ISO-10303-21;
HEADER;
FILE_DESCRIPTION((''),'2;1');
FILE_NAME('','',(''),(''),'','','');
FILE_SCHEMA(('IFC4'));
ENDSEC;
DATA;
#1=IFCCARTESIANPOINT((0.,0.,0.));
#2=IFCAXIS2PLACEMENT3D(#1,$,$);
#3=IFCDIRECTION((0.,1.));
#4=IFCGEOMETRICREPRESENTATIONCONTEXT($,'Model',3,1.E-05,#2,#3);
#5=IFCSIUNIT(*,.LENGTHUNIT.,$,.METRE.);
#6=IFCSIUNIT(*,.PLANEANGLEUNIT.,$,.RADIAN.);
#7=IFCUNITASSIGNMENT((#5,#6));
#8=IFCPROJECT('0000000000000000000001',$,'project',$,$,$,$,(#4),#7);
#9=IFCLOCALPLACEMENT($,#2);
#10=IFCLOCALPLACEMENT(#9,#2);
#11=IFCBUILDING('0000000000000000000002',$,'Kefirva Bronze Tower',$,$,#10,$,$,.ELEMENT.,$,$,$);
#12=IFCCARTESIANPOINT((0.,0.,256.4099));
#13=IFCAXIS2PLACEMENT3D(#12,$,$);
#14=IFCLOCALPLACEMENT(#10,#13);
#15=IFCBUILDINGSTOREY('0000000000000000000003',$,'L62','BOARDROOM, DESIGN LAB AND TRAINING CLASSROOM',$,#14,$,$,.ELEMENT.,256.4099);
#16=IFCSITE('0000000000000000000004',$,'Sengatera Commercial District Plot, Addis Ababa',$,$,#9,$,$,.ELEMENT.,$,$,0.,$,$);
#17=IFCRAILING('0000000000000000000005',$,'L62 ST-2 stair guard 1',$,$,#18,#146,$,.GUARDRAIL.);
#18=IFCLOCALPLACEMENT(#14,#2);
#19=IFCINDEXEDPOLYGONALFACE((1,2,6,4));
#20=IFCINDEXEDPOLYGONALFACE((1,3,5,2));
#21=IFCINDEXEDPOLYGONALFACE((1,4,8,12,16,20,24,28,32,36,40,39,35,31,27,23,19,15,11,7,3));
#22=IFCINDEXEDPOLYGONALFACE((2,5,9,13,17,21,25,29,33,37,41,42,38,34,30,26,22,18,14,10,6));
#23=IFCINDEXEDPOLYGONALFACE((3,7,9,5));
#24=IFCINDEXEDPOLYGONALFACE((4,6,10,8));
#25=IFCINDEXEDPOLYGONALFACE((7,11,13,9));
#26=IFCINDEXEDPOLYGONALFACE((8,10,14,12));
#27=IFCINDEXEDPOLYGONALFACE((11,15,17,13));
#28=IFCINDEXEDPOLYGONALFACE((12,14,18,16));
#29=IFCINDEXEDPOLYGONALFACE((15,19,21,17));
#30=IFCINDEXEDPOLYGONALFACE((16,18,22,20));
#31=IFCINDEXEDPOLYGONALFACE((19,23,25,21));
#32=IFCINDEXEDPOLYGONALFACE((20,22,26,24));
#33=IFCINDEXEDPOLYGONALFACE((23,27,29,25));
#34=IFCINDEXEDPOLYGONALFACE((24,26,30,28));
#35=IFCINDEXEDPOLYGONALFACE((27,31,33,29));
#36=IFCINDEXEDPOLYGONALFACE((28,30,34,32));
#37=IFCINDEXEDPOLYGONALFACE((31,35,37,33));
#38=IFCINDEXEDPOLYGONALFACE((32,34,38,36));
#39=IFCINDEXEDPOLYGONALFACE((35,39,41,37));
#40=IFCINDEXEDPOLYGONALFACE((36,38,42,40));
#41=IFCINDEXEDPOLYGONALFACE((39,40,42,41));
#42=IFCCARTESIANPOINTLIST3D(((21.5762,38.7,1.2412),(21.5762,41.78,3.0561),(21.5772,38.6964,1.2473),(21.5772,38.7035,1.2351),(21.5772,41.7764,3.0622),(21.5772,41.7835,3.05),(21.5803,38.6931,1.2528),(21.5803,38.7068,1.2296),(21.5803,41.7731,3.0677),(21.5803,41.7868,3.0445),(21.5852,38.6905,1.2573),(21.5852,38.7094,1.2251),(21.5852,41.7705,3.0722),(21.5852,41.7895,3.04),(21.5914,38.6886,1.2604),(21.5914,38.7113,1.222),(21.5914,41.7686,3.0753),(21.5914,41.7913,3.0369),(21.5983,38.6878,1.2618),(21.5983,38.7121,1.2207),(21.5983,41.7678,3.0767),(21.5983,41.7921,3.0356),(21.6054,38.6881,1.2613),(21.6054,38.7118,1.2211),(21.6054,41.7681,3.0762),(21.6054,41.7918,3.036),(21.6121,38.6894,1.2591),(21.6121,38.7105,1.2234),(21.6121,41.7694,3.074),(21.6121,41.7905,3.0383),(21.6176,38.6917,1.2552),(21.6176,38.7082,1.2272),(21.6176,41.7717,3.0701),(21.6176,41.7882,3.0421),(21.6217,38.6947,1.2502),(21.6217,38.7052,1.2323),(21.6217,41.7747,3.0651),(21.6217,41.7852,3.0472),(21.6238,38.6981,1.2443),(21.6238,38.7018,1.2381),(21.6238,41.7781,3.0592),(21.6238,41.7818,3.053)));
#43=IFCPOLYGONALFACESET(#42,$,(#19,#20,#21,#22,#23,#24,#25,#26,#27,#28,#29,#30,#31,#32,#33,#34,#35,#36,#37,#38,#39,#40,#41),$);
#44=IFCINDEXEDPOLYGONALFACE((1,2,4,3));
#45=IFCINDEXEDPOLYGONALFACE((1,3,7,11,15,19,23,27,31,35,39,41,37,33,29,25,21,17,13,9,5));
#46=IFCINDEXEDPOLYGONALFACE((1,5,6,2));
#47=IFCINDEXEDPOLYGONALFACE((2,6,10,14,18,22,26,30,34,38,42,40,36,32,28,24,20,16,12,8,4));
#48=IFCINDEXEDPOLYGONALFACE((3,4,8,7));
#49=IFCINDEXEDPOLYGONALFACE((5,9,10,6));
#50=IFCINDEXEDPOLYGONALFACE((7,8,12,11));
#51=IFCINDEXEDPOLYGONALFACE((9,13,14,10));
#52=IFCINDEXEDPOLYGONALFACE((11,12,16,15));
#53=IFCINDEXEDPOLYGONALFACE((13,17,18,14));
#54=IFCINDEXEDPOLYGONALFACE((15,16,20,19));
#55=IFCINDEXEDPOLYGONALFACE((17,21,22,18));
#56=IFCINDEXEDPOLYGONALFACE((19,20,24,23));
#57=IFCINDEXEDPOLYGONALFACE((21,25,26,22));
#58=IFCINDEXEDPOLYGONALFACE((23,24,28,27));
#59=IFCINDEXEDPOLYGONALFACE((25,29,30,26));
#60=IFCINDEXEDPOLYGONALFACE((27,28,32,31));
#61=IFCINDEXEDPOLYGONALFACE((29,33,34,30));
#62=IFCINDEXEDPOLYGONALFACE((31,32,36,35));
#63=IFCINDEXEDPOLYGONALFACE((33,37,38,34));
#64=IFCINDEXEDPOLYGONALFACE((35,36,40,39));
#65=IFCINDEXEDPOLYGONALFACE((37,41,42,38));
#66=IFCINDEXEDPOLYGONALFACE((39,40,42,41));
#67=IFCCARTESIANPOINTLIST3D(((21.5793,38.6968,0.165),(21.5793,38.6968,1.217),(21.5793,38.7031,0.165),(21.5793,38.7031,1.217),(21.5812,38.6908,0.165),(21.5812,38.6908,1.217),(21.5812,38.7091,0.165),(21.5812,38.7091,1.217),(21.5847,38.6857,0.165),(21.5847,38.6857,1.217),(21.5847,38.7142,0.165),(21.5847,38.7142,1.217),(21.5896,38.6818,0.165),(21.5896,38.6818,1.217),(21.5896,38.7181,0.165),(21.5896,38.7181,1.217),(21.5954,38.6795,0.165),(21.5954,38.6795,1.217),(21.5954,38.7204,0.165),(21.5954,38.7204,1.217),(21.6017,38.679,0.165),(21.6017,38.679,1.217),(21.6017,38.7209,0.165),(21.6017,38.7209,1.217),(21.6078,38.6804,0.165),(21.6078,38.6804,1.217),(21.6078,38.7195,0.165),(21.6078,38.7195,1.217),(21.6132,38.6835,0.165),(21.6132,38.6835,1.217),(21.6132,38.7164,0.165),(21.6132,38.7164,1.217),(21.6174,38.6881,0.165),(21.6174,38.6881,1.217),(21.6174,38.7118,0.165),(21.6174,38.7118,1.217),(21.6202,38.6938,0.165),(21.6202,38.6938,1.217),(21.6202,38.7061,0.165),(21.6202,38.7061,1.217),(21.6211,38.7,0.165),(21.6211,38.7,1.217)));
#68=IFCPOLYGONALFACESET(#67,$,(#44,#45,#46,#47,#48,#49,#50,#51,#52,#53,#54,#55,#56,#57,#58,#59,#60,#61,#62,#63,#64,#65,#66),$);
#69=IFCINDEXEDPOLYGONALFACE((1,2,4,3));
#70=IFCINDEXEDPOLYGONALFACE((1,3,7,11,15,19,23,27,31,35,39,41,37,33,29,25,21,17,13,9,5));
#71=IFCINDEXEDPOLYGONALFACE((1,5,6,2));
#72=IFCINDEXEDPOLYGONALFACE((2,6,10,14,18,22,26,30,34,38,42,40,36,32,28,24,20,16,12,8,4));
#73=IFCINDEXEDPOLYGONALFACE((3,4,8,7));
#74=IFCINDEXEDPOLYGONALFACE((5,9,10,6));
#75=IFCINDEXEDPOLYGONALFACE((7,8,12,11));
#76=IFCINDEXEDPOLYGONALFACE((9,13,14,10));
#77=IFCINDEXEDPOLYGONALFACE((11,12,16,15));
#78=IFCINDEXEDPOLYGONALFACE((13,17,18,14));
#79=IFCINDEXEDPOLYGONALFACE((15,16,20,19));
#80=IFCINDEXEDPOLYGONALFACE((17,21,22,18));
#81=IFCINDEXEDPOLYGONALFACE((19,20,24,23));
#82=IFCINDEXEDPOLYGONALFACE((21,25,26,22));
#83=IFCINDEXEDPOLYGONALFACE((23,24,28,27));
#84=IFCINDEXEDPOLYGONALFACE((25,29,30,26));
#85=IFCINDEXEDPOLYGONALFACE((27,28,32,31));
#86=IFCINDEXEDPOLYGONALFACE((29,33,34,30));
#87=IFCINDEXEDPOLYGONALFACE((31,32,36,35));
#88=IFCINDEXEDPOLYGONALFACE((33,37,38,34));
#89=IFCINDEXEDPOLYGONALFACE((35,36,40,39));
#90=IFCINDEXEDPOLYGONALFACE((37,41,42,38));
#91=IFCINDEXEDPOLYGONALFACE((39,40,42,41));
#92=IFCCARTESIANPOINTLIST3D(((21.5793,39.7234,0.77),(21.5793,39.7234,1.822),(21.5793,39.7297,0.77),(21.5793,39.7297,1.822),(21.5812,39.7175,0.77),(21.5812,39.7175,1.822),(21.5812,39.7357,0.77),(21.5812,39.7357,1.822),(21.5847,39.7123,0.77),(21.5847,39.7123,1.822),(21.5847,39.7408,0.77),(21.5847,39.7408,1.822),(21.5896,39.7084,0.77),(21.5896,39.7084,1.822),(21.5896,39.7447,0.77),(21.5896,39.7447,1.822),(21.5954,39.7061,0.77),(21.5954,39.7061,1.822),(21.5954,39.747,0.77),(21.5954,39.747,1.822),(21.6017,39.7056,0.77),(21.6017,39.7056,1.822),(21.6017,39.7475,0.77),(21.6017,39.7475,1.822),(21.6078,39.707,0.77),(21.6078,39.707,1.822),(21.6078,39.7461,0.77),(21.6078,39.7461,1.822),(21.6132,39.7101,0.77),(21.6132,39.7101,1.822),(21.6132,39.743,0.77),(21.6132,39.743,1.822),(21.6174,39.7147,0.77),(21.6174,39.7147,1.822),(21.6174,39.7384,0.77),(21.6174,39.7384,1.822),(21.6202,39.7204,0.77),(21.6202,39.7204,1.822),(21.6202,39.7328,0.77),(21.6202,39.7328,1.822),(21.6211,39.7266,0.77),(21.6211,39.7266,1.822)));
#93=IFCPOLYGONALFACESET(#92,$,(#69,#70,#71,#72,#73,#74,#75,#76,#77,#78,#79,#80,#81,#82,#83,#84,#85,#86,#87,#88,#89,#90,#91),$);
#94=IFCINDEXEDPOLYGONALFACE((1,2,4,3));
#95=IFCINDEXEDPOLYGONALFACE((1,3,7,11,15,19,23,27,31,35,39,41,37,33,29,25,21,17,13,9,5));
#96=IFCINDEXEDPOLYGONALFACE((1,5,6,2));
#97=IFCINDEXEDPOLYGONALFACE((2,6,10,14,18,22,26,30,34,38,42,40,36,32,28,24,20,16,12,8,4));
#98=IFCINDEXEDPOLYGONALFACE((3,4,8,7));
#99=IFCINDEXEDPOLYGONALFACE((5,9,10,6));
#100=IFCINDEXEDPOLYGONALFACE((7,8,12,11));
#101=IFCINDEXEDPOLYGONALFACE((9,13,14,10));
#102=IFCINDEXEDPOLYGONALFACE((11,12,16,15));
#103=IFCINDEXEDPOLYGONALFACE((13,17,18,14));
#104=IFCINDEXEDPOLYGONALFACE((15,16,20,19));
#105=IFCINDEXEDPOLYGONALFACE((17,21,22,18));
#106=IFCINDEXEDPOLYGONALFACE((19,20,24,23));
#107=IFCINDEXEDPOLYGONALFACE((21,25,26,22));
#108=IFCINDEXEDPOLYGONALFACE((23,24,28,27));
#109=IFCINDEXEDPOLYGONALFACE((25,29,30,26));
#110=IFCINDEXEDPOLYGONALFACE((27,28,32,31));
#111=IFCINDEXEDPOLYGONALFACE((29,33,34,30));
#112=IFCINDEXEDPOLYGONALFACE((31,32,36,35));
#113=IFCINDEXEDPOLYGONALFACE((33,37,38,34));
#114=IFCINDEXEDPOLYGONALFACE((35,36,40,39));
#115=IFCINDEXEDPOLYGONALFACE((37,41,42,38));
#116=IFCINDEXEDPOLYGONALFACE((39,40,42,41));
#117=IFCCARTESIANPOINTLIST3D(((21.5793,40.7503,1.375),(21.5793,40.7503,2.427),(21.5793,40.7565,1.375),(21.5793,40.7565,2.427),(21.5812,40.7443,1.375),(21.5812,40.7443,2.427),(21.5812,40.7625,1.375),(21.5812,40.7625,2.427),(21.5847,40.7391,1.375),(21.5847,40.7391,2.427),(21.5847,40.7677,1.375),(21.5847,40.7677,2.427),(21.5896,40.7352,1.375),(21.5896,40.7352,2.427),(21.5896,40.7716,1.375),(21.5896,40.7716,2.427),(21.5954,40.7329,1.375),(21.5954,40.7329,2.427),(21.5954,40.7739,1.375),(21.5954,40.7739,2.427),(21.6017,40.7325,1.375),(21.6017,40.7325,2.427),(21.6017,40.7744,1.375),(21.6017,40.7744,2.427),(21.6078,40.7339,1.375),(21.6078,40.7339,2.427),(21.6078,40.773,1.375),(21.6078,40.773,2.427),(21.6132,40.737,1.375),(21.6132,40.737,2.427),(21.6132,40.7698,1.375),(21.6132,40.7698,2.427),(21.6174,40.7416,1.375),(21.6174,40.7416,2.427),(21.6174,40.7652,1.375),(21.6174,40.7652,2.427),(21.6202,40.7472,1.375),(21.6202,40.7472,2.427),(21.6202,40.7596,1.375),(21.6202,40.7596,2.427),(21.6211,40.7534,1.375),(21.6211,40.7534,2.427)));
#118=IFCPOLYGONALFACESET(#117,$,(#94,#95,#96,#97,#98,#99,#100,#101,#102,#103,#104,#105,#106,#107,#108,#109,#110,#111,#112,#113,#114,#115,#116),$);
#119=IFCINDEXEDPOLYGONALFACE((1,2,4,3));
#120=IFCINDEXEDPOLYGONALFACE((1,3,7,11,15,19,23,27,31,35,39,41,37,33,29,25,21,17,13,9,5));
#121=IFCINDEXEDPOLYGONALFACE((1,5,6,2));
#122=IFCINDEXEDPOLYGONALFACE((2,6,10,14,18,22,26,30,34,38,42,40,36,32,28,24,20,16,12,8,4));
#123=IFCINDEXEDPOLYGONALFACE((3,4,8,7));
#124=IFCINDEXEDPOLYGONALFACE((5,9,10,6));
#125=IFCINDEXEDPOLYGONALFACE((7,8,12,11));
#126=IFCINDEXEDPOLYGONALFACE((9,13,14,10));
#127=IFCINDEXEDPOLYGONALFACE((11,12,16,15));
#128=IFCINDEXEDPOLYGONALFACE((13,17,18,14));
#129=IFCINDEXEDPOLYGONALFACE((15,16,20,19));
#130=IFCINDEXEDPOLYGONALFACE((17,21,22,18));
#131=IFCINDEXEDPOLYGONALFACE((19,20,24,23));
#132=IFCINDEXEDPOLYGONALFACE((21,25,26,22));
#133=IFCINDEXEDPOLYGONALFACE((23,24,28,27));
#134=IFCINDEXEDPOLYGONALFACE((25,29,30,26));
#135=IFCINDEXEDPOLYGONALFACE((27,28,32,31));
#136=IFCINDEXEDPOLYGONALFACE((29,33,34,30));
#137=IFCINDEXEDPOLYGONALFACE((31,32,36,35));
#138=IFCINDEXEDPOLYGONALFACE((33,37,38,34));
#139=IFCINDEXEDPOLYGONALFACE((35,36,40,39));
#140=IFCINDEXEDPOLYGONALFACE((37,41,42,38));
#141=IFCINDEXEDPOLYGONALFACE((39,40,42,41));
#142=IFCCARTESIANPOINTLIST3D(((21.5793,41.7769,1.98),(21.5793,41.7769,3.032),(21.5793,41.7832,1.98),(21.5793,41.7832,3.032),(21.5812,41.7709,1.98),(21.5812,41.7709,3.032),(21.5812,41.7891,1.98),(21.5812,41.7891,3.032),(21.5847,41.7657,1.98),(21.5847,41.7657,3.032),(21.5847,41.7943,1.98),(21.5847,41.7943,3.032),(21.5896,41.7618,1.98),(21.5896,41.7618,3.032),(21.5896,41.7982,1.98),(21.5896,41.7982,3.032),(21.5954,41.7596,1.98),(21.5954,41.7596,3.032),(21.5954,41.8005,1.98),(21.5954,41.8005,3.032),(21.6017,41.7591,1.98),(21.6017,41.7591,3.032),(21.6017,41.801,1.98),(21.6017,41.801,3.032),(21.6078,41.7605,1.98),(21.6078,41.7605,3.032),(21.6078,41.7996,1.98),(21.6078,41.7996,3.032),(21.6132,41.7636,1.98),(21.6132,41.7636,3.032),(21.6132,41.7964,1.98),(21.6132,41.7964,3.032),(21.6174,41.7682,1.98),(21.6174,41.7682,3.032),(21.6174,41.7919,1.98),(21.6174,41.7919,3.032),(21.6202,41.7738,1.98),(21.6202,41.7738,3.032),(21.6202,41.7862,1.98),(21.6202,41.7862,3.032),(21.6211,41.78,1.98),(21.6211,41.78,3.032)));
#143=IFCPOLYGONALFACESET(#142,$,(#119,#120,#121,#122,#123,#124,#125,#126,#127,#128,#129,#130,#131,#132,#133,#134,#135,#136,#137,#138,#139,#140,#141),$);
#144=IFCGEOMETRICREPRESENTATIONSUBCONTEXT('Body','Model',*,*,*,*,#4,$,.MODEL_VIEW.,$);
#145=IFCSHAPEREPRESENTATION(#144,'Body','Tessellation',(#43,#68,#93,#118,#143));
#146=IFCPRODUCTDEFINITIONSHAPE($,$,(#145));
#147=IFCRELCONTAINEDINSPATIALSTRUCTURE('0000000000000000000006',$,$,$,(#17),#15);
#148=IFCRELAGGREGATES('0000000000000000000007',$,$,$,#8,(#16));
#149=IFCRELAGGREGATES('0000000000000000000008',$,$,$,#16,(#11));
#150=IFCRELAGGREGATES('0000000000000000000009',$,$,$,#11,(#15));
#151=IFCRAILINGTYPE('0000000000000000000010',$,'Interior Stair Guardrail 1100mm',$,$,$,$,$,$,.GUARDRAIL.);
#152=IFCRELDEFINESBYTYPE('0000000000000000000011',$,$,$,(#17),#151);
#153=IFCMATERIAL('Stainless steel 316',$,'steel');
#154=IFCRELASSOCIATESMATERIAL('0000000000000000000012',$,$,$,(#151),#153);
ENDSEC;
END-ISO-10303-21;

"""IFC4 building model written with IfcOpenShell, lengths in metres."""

from ifc_helpers import new_model, si_unit, direction, frame, origin, origin_2d, place, context, subcontext, project, spatial, circle, extrude, material, type_object, element, save


model = new_model("IFC4")

# Units and contexts
model_context = context("Model", 3, precision=1e-05, world=origin(), true_north=direction((0.0, 1.0)))
body_context = subcontext(model_context, "Body", "Model", "MODEL_VIEW")
ifc_project = project(units=[si_unit("LENGTHUNIT", "METRE"), si_unit("PLANEANGLEUNIT", "RADIAN")], contexts=[model_context])

# Site, building, storey
site_placement = place(None, origin())
site = spatial("IfcSite", under=ifc_project, at=site_placement, Name="Sengatera Commercial District Plot, Addis Ababa", CompositionType="ELEMENT", RefElevation=0.0)
building_placement = place(site_placement, origin())
building = spatial("IfcBuilding", under=site, at=building_placement, Name="Kefirva Bronze Tower", CompositionType="ELEMENT")
storey_placement = place(building_placement, frame((0.0, 0.0, 256.4099)))
storey = spatial("IfcBuildingStorey", under=building, at=storey_placement, Name="L62", Description="BOARDROOM, DESIGN LAB AND TRAINING CLASSROOM", CompositionType="ELEMENT", Elevation=256.4099)

# Railing
ifc_material_1 = material(Name="Stainless steel 316", Category="steel")
railing_type_1 = type_object("IfcRailingType", Name="Interior Stair Guardrail 1100mm", PredefinedType="GUARDRAIL", material=ifc_material_1)
railing_1_placement = place(storey_placement, frame((21.6001, 38.7, 0.165)))
element("IfcRailing", 1, at=railing_1_placement, inside=storey, type_object=railing_type_1, Name="L62 ST-2 stair guard 1", PredefinedType="GUARDRAIL", context=body_context, shape_type="SweptSolid", body=[
    extrude(circle(Radius=0.0239, at=origin_2d()), frame((0.0, 0.0, 1.0762), z_axis=(0.0, 0.861551, 0.507671), x_axis=(-1.0, 0.0, 0.0)), (0.0, 0.0, 1.0), 3.575),
    extrude(circle(Radius=0.021, at=origin_2d()), origin(), (0.0, 0.0, 1.0), 1.052),
    extrude(circle(Radius=0.021, at=origin_2d()), frame((0.0, 1.0266, 0.605)), (0.0, 0.0, 1.0), 1.052),
    extrude(circle(Radius=0.021, at=origin_2d()), frame((0.0, 2.0535, 1.21)), (0.0, 0.0, 1.0), 1.052),
    extrude(circle(Radius=0.021, at=origin_2d()), frame((0.0, 3.0801, 1.8149)), (0.0, 0.0, 1.0), 1.052),
])

save(model, "model.ifc")
